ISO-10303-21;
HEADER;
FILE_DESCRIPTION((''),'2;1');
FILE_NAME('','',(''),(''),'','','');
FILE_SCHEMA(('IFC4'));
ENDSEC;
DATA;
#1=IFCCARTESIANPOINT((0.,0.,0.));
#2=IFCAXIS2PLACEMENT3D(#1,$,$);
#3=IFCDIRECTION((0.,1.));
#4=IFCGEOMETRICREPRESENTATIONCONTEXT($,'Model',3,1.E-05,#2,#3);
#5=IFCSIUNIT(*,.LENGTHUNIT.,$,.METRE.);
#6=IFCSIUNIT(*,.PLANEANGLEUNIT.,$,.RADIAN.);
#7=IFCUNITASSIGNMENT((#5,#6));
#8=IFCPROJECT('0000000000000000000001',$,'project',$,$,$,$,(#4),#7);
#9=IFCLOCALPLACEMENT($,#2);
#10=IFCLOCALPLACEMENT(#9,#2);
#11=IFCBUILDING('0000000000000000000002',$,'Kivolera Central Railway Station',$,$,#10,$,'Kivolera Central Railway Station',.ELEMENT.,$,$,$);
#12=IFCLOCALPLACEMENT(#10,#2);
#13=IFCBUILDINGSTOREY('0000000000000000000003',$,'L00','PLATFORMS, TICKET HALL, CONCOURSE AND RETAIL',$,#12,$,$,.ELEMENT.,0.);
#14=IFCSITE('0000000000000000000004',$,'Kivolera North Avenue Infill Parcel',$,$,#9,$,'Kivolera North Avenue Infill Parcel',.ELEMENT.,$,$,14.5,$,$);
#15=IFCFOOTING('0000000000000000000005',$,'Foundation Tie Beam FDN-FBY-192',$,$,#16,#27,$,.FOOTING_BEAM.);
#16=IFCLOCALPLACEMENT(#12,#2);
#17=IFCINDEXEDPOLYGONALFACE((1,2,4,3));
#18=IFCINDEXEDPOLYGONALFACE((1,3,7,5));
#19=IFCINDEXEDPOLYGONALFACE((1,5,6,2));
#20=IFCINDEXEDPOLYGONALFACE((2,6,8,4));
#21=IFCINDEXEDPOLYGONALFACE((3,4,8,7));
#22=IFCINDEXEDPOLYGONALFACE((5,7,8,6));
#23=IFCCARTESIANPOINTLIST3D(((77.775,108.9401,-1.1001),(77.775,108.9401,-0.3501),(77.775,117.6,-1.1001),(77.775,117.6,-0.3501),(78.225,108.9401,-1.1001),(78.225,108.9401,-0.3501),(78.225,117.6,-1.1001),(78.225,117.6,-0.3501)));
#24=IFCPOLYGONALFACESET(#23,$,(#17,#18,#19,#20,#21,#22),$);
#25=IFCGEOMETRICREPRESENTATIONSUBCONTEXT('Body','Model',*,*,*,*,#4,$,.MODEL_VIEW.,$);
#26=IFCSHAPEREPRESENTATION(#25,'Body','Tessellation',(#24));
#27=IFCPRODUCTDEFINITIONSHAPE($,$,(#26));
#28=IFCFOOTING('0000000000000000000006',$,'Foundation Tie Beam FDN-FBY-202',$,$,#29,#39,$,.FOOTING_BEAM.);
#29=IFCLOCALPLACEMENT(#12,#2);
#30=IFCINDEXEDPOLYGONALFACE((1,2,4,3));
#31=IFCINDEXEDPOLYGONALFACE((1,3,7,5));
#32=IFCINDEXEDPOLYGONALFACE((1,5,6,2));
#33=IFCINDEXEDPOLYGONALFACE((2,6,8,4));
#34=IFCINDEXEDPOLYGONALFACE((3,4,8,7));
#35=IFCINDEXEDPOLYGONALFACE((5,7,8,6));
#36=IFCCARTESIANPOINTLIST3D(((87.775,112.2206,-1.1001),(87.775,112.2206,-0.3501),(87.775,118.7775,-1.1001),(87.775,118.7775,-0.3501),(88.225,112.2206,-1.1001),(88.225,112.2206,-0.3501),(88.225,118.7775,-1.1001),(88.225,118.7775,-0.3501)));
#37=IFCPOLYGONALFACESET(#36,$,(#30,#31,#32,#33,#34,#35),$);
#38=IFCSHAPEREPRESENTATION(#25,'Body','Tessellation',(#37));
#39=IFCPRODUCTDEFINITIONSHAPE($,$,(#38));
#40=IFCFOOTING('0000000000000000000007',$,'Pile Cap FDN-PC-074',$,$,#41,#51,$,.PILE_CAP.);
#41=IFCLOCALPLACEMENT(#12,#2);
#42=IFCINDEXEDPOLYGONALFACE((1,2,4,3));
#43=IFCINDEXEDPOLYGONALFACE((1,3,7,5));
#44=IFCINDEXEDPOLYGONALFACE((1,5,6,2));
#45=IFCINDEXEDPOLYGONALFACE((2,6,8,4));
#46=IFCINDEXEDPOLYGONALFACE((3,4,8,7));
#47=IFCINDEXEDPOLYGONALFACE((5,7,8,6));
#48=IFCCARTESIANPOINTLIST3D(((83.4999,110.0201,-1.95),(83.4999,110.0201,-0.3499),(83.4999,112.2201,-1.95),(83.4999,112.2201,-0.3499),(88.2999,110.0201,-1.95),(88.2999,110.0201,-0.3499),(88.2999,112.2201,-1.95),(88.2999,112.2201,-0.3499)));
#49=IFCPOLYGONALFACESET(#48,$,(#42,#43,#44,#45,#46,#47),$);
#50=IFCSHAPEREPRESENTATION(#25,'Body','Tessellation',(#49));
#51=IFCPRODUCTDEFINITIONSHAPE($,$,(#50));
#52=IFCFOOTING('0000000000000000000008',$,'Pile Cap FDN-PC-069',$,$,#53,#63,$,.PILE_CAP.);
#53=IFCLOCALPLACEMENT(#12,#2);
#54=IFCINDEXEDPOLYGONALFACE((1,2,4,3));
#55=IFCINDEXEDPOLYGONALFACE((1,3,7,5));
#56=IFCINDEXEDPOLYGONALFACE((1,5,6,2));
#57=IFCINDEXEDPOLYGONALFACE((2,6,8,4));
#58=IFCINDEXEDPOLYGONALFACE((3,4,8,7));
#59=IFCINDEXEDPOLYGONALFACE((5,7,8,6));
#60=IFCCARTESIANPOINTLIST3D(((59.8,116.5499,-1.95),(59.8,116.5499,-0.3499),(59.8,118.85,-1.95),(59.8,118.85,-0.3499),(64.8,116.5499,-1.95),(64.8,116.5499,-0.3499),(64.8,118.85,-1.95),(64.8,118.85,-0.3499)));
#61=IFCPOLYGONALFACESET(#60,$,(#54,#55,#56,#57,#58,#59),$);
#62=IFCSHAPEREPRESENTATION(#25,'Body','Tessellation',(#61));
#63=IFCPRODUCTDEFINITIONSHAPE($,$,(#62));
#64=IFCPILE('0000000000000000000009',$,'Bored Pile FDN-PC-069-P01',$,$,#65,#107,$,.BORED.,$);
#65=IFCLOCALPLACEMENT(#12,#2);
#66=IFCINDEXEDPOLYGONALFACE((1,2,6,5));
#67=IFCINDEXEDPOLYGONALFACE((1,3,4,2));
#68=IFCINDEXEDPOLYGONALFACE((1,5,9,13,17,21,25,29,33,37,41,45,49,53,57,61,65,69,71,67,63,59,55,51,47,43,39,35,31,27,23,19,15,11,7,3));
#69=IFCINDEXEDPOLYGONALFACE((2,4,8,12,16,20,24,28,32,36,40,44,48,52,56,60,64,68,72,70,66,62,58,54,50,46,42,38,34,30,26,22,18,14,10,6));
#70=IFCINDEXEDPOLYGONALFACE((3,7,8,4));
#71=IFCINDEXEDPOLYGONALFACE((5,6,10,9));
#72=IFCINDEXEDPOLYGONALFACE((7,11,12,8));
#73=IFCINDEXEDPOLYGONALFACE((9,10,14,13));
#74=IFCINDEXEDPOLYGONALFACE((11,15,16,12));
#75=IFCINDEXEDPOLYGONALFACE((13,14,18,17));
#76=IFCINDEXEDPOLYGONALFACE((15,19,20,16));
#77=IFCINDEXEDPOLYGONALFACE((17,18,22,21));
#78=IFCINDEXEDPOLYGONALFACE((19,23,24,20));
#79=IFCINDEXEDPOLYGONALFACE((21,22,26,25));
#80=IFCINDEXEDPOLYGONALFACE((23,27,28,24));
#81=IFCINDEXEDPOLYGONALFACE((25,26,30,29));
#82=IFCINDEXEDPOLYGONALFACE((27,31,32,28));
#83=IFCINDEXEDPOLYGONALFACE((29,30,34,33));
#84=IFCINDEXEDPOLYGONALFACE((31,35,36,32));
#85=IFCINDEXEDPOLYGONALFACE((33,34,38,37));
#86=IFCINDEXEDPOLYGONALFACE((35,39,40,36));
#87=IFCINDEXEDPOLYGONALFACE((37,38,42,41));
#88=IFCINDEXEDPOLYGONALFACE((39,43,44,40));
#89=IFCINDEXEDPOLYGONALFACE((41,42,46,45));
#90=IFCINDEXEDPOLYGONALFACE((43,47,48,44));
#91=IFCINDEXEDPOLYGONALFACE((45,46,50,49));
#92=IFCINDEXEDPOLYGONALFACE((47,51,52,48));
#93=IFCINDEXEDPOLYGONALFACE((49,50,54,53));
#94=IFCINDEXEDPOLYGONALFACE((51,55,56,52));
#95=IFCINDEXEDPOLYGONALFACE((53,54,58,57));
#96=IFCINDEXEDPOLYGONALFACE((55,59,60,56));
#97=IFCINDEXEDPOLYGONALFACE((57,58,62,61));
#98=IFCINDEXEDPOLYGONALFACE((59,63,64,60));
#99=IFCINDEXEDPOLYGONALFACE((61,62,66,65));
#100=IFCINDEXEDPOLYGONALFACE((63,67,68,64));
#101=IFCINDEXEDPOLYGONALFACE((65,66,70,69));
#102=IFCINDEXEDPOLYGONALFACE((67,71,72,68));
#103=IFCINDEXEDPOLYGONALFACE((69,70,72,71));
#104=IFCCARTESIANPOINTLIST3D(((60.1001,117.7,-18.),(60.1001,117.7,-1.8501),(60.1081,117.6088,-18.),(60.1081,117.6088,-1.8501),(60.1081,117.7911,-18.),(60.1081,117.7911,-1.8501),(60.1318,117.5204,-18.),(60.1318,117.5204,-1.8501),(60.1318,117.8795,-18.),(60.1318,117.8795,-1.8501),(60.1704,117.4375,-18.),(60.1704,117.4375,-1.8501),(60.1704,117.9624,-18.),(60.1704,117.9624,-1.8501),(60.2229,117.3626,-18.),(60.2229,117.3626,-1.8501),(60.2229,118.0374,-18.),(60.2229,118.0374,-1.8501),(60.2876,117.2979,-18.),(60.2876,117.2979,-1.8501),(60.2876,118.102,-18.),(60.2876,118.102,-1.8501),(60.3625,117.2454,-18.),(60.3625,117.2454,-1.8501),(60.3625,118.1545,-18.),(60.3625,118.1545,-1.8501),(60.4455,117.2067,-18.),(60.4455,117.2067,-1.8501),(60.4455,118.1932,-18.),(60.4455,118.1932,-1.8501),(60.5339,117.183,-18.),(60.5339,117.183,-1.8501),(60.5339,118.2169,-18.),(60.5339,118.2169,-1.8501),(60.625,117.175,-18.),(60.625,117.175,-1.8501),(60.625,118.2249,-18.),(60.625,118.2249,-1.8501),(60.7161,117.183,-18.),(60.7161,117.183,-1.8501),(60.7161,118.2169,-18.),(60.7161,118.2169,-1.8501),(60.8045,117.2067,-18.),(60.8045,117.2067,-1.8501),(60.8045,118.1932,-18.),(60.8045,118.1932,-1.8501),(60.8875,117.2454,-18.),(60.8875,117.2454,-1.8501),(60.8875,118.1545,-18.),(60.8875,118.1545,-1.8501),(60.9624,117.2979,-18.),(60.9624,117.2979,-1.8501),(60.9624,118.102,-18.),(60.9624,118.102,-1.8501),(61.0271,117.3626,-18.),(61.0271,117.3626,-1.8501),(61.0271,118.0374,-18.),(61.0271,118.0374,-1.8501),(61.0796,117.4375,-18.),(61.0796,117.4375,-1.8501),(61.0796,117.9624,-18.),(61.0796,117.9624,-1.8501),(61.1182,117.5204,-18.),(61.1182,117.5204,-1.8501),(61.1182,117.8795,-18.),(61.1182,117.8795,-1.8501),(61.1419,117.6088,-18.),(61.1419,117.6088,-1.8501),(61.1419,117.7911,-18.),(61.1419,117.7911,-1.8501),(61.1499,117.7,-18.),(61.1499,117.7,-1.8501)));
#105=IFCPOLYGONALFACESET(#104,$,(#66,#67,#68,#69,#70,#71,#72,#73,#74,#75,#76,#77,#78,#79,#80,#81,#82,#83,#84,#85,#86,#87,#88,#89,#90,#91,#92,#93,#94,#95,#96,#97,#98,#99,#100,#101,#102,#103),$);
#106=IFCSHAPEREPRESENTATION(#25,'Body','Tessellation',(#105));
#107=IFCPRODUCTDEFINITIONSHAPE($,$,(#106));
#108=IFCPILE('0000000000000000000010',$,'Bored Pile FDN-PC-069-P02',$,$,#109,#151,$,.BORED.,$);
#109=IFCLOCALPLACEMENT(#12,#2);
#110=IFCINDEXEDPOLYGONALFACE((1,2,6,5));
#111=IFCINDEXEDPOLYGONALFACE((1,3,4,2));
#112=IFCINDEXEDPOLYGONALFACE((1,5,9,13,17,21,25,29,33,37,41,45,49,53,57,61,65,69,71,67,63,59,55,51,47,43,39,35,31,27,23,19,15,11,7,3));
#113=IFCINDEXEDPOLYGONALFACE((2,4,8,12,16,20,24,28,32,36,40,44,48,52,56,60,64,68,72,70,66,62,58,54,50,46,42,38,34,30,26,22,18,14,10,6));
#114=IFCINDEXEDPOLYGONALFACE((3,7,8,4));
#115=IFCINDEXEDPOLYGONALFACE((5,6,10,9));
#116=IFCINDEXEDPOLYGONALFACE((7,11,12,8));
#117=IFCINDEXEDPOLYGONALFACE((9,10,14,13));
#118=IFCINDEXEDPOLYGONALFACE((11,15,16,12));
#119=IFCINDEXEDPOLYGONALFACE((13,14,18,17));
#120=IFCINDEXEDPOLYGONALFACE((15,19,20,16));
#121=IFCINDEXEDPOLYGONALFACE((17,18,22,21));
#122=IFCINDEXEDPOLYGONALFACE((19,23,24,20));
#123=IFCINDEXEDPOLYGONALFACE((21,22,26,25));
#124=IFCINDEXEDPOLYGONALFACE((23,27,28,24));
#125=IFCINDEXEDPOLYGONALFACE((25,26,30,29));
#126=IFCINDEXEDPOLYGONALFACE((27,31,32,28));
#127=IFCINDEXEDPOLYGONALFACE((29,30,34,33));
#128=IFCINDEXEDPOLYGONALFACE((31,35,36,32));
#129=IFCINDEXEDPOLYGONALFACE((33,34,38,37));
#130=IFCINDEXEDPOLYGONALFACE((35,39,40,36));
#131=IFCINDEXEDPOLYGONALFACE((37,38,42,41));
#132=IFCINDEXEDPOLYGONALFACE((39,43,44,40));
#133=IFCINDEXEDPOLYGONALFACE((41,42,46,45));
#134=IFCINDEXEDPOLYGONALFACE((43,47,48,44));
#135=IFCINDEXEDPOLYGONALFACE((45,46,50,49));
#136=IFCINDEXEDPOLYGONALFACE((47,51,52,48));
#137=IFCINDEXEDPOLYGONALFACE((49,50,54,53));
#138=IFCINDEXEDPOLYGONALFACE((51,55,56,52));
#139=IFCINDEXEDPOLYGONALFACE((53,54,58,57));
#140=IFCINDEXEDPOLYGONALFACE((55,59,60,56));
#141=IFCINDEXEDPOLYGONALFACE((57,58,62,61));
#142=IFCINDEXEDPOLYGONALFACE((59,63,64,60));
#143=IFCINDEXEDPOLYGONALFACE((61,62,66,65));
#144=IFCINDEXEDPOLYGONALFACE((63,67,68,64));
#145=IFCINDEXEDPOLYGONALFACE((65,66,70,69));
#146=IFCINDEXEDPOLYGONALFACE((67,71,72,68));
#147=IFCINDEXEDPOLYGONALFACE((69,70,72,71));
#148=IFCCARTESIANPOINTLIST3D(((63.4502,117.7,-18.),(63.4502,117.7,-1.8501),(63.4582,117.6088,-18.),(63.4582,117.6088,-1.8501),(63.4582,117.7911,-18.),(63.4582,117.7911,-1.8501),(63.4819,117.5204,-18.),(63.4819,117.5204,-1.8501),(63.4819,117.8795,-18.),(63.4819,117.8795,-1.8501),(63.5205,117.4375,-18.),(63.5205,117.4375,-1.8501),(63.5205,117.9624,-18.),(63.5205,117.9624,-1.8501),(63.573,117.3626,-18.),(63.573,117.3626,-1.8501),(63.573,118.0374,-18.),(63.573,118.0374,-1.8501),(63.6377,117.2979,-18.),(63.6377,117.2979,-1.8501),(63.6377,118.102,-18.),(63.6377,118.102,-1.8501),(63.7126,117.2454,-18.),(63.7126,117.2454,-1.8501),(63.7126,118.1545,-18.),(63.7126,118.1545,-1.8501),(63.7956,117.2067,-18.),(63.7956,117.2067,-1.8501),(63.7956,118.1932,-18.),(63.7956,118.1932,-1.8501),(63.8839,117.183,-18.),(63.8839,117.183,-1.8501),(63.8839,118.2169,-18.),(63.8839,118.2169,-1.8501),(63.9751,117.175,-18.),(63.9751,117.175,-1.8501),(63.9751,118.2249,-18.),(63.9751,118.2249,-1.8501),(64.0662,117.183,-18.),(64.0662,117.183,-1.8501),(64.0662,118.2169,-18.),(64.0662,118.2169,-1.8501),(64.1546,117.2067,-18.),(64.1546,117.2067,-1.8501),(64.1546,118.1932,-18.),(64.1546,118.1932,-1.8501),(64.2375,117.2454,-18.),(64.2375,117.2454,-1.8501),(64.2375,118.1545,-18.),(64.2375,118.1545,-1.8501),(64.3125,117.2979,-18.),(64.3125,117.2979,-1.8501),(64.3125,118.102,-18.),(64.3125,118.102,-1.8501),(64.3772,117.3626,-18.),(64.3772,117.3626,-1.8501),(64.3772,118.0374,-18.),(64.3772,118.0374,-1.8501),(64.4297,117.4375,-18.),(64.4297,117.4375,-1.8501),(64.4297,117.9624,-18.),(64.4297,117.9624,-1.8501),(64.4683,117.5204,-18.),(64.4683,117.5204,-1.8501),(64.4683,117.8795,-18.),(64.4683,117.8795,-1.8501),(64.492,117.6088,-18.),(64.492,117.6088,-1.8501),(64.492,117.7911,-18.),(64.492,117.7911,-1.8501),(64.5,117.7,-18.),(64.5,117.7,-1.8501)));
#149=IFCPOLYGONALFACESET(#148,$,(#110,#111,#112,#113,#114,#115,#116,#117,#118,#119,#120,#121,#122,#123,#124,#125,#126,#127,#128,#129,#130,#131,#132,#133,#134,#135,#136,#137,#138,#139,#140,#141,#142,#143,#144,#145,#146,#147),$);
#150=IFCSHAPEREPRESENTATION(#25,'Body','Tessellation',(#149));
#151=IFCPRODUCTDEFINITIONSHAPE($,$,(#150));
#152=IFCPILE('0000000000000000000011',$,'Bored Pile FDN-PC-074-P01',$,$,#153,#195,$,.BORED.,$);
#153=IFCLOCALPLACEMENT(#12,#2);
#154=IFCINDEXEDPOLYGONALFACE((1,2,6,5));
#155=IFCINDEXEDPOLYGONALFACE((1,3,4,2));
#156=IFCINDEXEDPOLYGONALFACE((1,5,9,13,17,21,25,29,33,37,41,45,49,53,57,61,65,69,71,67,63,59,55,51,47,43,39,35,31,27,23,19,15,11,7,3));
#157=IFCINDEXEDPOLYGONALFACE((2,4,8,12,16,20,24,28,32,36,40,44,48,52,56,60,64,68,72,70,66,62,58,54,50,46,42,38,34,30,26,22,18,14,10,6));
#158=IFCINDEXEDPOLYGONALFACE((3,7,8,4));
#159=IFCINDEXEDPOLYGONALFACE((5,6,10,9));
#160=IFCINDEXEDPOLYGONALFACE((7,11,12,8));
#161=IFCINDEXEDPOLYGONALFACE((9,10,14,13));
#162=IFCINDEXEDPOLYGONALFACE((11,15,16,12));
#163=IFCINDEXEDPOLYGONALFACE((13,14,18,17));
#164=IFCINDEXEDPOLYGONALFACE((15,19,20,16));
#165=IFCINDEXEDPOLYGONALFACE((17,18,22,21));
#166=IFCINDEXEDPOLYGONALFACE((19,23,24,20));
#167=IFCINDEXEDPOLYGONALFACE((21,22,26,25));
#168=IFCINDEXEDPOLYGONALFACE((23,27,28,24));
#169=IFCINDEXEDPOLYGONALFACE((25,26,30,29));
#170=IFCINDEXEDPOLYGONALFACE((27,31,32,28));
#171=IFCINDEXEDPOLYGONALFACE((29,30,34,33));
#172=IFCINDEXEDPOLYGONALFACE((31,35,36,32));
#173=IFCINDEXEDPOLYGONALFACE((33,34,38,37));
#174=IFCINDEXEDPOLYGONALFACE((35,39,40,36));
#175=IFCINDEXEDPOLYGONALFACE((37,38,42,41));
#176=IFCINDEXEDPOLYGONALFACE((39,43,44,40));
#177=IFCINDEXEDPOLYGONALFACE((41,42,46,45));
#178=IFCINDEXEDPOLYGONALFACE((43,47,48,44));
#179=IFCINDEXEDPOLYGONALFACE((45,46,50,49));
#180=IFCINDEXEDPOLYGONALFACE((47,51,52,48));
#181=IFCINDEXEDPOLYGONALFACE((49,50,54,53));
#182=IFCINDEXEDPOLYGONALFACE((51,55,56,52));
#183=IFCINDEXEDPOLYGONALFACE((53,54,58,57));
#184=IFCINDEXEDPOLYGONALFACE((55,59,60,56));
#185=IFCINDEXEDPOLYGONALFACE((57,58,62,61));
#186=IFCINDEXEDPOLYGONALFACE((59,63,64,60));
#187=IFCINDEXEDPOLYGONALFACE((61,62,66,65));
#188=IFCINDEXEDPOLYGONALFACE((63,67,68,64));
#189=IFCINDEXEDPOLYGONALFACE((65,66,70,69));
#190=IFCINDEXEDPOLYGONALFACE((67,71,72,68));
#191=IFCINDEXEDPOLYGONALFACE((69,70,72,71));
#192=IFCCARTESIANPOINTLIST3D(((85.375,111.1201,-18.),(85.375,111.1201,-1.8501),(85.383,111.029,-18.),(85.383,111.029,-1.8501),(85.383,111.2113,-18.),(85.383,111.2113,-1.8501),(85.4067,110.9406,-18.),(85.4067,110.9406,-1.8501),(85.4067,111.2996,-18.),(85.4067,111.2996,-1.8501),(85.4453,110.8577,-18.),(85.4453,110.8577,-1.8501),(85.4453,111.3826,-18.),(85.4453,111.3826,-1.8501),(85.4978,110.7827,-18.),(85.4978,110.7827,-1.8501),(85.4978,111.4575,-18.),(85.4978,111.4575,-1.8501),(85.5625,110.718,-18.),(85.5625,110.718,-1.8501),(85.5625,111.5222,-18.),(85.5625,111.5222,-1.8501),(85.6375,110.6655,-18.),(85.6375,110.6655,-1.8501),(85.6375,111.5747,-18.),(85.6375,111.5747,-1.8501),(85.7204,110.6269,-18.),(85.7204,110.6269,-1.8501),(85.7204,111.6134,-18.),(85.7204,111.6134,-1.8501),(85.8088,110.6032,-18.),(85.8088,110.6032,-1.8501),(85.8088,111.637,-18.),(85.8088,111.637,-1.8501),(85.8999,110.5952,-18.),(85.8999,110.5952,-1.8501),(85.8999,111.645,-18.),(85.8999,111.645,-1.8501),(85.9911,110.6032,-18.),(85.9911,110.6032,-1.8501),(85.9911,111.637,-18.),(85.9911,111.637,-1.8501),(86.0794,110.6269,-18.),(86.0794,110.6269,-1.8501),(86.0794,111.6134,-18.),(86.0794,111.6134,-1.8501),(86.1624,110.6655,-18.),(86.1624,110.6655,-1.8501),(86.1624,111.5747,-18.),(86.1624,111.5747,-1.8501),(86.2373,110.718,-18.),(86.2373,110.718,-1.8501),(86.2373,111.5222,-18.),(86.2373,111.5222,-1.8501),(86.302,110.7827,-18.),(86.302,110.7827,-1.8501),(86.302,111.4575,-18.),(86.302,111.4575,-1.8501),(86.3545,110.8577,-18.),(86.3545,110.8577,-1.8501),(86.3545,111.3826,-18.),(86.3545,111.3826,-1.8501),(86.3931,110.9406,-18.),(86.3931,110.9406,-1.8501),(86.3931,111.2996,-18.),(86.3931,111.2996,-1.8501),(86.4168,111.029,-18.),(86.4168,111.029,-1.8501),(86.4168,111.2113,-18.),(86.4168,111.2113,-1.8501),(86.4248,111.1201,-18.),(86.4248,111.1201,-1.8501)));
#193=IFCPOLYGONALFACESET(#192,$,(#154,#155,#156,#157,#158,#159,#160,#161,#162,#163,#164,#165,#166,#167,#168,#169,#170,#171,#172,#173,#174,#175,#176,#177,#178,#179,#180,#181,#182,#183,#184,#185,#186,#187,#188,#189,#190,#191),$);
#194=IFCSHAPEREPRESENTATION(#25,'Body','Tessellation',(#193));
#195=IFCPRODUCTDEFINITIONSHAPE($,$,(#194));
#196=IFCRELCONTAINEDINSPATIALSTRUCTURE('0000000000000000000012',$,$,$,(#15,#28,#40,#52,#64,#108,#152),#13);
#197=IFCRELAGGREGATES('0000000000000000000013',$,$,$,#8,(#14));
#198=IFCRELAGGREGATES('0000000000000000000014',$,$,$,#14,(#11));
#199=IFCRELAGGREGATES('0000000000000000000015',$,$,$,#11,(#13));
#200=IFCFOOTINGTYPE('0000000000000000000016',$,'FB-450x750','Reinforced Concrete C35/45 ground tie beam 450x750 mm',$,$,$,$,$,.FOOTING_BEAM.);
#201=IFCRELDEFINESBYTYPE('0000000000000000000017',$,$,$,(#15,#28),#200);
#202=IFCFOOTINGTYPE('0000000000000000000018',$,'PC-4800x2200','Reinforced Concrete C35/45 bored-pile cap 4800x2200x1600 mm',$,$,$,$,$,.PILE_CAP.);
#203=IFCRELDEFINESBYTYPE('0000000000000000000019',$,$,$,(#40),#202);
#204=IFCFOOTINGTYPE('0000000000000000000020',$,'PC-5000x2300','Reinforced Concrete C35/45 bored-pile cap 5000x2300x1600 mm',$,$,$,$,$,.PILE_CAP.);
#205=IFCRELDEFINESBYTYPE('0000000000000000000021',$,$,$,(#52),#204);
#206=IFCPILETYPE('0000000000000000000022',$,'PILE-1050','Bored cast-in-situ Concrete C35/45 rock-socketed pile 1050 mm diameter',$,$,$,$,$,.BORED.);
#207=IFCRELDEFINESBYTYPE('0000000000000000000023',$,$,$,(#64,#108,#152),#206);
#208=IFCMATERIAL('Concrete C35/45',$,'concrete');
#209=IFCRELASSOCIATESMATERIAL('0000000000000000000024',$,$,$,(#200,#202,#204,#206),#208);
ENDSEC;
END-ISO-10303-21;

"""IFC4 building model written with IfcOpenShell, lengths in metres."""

from ifc_helpers import new_model, si_unit, direction, frame, origin, origin_2d, place, context, subcontext, project, spatial, rectangle, circle, extrude, material, material_profile, profile_set, type_object, element, save


model = new_model("IFC4")

# Units and contexts
model_context = context("Model", 3, precision=1e-05, world=origin(), true_north=direction((0.0, 1.0)))
body_context = subcontext(model_context, "Body", "Model", "MODEL_VIEW")
ifc_project = project(units=[si_unit("LENGTHUNIT", "METRE"), si_unit("PLANEANGLEUNIT", "RADIAN")], contexts=[model_context])

# Site, building, storey
site_placement = place(None, origin())
site = spatial("IfcSite", under=ifc_project, at=site_placement, Name="Kivolera North Avenue Infill Parcel", LongName="Kivolera North Avenue Infill Parcel", CompositionType="ELEMENT", RefElevation=14.5)
building_placement = place(site_placement, origin())
building = spatial("IfcBuilding", under=site, at=building_placement, Name="Kivolera Central Railway Station", LongName="Kivolera Central Railway Station", CompositionType="ELEMENT")
storey_placement = place(building_placement, origin())
storey = spatial("IfcBuildingStorey", under=building, at=storey_placement, Name="L00", Description="PLATFORMS, TICKET HALL, CONCOURSE AND RETAIL", CompositionType="ELEMENT", Elevation=0.0)

# Footings
ifc_material_1 = material(Name="Concrete C35/45", Category="concrete")
footing_type_1 = type_object("IfcFootingType", Name="FB-450x750", Description="Reinforced Concrete C35/45 ground tie beam 450x750 mm", PredefinedType="FOOTING_BEAM", material=ifc_material_1)
footing_1_placement = place(storey_placement, frame((78.0, 113.27, -1.1001), z_axis=(0.0, 0.0, 1.0), x_axis=(1.0, 0.0, 0.0)))
element("IfcFooting", 1, at=footing_1_placement, inside=storey, type_object=footing_type_1, Name="Foundation Tie Beam FDN-FBY-192", PredefinedType="FOOTING_BEAM", context=body_context, shape_type="SweptSolid", body=[
    extrude(rectangle(XDim=0.45, YDim=8.6599, at=origin_2d()), origin(), (0.0, 0.0, 1.0), 0.75),
])
footing_2_placement = place(storey_placement, frame((88.0, 115.499, -1.1001), z_axis=(0.0, 0.0, 1.0), x_axis=(1.0, 0.0, 0.0)))
element("IfcFooting", 2, at=footing_2_placement, inside=storey, type_object=footing_type_1, Name="Foundation Tie Beam FDN-FBY-202", PredefinedType="FOOTING_BEAM", context=body_context, shape_type="SweptSolid", body=[
    extrude(rectangle(XDim=0.45, YDim=6.5569, at=origin_2d()), origin(), (0.0, 0.0, 1.0), 0.75),
])
footing_type_2 = type_object("IfcFootingType", Name="PC-4800x2200", Description="Reinforced Concrete C35/45 bored-pile cap 4800x2200x1600 mm", PredefinedType="PILE_CAP", material=ifc_material_1)
footing_3_placement = place(storey_placement, frame((85.8999, 111.1201, -1.95), z_axis=(0.0, 0.0, 1.0), x_axis=(1.0, 0.0, 0.0)))
element("IfcFooting", 3, at=footing_3_placement, inside=storey, type_object=footing_type_2, Name="Pile Cap FDN-PC-074", PredefinedType="PILE_CAP", context=body_context, shape_type="SweptSolid", body=[
    extrude(rectangle(XDim=4.8, YDim=2.2, at=origin_2d()), origin(), (0.0, 0.0, 1.0), 1.6001),
])
footing_type_3 = type_object("IfcFootingType", Name="PC-5000x2300", Description="Reinforced Concrete C35/45 bored-pile cap 5000x2300x1600 mm", PredefinedType="PILE_CAP", material=ifc_material_1)
footing_4_placement = place(storey_placement, frame((62.3, 117.7, -1.95), z_axis=(0.0, 0.0, 1.0), x_axis=(1.0, 0.0, 0.0)))
element("IfcFooting", 4, at=footing_4_placement, inside=storey, type_object=footing_type_3, Name="Pile Cap FDN-PC-069", PredefinedType="PILE_CAP", context=body_context, shape_type="SweptSolid", body=[
    extrude(rectangle(XDim=5.0, YDim=2.3, at=origin_2d()), origin(), (0.0, 0.0, 1.0), 1.6001),
])

# Piles
ifc_material_profile_1 = material_profile(ifc_material_1, circle(Radius=0.5249, at=origin_2d()), Name="PILE D1050")
ifc_profile_set_1 = profile_set([ifc_material_profile_1], Name="Concrete C35/45")
pile_type = type_object("IfcPileType", Name="PILE-1050", Description="Bored cast-in-situ Concrete C35/45 rock-socketed pile 1050 mm diameter", PredefinedType="BORED", material=ifc_profile_set_1)
for number, where, z_axis, x_axis, name in (
    (5, (60.625, 117.7, -1.8501), (0.0, 0.0, -1.0), (1.0, 0.0, 0.0), "Bored Pile FDN-PC-069-P01"),
    (6, (63.9751, 117.7, -1.8501), (0.0, 0.0, -1.0), (1.0, 0.0, 0.0), "Bored Pile FDN-PC-069-P02"),
    (7, (85.8999, 111.1201, -1.8501), (0.0, 0.0, -1.0), (1.0, 0.0, 0.0), "Bored Pile FDN-PC-074-P01"),
):
    element("IfcPile", number, at=place(storey_placement, frame(where, z_axis=z_axis, x_axis=x_axis)), inside=storey, type_object=pile_type, Name=name, PredefinedType="BORED", context=body_context, shape_type="SweptSolid", body=[
        extrude(circle(Radius=0.5249, at=origin_2d()), origin(), (0.0, 0.0, 1.0), 16.1499),
    ])

save(model, "model.ifc")
